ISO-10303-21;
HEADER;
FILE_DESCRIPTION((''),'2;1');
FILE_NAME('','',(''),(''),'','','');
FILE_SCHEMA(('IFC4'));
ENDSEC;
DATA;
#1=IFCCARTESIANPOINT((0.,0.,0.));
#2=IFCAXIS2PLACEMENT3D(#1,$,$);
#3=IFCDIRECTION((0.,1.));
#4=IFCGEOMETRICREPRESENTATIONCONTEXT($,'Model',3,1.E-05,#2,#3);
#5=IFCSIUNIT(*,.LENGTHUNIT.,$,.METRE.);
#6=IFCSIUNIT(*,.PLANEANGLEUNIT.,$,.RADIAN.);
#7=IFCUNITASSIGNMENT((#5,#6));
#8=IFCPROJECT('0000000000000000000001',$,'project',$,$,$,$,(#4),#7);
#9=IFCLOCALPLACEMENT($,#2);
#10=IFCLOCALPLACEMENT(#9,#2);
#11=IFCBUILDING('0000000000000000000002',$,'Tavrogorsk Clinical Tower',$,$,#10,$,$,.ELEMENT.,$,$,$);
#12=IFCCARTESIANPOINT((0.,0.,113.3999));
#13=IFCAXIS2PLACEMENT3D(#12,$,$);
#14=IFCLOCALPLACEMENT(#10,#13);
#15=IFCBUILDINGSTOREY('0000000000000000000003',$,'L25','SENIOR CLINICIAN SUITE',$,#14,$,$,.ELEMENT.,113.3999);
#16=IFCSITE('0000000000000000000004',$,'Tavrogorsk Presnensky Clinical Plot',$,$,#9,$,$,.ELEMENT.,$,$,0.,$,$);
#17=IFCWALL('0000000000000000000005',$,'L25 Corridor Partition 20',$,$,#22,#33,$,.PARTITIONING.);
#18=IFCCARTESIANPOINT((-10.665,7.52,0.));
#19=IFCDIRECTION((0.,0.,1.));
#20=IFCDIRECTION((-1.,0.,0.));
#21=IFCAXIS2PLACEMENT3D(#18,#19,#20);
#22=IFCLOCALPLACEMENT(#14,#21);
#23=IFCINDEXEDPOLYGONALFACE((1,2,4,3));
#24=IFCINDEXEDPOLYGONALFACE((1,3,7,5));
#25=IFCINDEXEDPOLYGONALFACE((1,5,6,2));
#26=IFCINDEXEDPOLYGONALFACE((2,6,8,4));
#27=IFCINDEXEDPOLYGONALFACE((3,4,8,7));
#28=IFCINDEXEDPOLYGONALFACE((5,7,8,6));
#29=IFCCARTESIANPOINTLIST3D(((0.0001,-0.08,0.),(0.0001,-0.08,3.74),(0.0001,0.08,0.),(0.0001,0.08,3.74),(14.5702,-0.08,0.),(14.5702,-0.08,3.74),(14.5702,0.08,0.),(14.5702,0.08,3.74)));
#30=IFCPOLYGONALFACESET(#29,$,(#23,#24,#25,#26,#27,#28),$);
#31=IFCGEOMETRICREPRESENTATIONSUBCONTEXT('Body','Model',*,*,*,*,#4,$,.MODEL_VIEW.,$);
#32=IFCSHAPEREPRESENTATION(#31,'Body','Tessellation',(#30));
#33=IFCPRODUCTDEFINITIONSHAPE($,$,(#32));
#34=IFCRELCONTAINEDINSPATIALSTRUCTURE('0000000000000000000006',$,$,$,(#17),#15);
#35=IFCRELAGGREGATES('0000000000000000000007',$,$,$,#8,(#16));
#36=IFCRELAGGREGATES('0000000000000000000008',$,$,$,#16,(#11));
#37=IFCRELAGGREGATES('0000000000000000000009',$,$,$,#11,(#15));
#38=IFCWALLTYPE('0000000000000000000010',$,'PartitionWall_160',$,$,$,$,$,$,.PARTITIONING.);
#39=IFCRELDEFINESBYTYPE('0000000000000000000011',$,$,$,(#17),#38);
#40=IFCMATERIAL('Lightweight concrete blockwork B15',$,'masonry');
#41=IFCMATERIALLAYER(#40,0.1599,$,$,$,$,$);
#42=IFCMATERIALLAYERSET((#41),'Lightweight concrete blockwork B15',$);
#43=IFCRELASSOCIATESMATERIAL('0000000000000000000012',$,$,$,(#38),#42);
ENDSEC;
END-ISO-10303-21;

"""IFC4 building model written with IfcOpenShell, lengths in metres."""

from ifc_helpers import new_model, si_unit, direction, frame, frame_2d, origin, place, context, subcontext, project, spatial, rectangle, extrude, material, layer, layer_set, type_object, element, save


model = new_model("IFC4")

# Units and contexts
model_context = context("Model", 3, precision=1e-05, world=origin(), true_north=direction((0.0, 1.0)))
body_context = subcontext(model_context, "Body", "Model", "MODEL_VIEW")
ifc_project = project(units=[si_unit("LENGTHUNIT", "METRE"), si_unit("PLANEANGLEUNIT", "RADIAN")], contexts=[model_context])

# Site, building, storey
site_placement = place(None, origin())
site = spatial("IfcSite", under=ifc_project, at=site_placement, Name="Tavrogorsk Presnensky Clinical Plot", CompositionType="ELEMENT", RefElevation=0.0)
building_placement = place(site_placement, origin())
building = spatial("IfcBuilding", under=site, at=building_placement, Name="Tavrogorsk Clinical Tower", CompositionType="ELEMENT")
storey_placement = place(building_placement, frame((0.0, 0.0, 113.3999)))
storey = spatial("IfcBuildingStorey", under=building, at=storey_placement, Name="L25", Description="SENIOR CLINICIAN SUITE", CompositionType="ELEMENT", Elevation=113.3999)

# Shared definitions
ifc_material_1 = material(Name="Lightweight concrete blockwork B15", Category="masonry")
ifc_layer_1 = layer(ifc_material_1, 0.1599)
ifc_layer_set_1 = layer_set([ifc_layer_1], Name="Lightweight concrete blockwork B15")
wall_type_1 = type_object("IfcWallType", Name="PartitionWall_160", PredefinedType="PARTITIONING", material=ifc_layer_set_1)

# Wall
wall_1_placement = place(storey_placement, frame((-10.665, 7.52, 0.0), z_axis=(0.0, 0.0, 1.0), x_axis=(-1.0, 0.0, 0.0)))
element("IfcWall", 1, at=wall_1_placement, inside=storey, type_object=wall_type_1, Name="L25 Corridor Partition 20", PredefinedType="PARTITIONING", context=body_context, shape_type="SweptSolid", body=[
    extrude(rectangle(XDim=14.5701, YDim=0.1599, at=frame_2d((7.2852, 0.0))), origin(), (0.0, 0.0, 1.0), 3.74),
])

save(model, "model.ifc")
